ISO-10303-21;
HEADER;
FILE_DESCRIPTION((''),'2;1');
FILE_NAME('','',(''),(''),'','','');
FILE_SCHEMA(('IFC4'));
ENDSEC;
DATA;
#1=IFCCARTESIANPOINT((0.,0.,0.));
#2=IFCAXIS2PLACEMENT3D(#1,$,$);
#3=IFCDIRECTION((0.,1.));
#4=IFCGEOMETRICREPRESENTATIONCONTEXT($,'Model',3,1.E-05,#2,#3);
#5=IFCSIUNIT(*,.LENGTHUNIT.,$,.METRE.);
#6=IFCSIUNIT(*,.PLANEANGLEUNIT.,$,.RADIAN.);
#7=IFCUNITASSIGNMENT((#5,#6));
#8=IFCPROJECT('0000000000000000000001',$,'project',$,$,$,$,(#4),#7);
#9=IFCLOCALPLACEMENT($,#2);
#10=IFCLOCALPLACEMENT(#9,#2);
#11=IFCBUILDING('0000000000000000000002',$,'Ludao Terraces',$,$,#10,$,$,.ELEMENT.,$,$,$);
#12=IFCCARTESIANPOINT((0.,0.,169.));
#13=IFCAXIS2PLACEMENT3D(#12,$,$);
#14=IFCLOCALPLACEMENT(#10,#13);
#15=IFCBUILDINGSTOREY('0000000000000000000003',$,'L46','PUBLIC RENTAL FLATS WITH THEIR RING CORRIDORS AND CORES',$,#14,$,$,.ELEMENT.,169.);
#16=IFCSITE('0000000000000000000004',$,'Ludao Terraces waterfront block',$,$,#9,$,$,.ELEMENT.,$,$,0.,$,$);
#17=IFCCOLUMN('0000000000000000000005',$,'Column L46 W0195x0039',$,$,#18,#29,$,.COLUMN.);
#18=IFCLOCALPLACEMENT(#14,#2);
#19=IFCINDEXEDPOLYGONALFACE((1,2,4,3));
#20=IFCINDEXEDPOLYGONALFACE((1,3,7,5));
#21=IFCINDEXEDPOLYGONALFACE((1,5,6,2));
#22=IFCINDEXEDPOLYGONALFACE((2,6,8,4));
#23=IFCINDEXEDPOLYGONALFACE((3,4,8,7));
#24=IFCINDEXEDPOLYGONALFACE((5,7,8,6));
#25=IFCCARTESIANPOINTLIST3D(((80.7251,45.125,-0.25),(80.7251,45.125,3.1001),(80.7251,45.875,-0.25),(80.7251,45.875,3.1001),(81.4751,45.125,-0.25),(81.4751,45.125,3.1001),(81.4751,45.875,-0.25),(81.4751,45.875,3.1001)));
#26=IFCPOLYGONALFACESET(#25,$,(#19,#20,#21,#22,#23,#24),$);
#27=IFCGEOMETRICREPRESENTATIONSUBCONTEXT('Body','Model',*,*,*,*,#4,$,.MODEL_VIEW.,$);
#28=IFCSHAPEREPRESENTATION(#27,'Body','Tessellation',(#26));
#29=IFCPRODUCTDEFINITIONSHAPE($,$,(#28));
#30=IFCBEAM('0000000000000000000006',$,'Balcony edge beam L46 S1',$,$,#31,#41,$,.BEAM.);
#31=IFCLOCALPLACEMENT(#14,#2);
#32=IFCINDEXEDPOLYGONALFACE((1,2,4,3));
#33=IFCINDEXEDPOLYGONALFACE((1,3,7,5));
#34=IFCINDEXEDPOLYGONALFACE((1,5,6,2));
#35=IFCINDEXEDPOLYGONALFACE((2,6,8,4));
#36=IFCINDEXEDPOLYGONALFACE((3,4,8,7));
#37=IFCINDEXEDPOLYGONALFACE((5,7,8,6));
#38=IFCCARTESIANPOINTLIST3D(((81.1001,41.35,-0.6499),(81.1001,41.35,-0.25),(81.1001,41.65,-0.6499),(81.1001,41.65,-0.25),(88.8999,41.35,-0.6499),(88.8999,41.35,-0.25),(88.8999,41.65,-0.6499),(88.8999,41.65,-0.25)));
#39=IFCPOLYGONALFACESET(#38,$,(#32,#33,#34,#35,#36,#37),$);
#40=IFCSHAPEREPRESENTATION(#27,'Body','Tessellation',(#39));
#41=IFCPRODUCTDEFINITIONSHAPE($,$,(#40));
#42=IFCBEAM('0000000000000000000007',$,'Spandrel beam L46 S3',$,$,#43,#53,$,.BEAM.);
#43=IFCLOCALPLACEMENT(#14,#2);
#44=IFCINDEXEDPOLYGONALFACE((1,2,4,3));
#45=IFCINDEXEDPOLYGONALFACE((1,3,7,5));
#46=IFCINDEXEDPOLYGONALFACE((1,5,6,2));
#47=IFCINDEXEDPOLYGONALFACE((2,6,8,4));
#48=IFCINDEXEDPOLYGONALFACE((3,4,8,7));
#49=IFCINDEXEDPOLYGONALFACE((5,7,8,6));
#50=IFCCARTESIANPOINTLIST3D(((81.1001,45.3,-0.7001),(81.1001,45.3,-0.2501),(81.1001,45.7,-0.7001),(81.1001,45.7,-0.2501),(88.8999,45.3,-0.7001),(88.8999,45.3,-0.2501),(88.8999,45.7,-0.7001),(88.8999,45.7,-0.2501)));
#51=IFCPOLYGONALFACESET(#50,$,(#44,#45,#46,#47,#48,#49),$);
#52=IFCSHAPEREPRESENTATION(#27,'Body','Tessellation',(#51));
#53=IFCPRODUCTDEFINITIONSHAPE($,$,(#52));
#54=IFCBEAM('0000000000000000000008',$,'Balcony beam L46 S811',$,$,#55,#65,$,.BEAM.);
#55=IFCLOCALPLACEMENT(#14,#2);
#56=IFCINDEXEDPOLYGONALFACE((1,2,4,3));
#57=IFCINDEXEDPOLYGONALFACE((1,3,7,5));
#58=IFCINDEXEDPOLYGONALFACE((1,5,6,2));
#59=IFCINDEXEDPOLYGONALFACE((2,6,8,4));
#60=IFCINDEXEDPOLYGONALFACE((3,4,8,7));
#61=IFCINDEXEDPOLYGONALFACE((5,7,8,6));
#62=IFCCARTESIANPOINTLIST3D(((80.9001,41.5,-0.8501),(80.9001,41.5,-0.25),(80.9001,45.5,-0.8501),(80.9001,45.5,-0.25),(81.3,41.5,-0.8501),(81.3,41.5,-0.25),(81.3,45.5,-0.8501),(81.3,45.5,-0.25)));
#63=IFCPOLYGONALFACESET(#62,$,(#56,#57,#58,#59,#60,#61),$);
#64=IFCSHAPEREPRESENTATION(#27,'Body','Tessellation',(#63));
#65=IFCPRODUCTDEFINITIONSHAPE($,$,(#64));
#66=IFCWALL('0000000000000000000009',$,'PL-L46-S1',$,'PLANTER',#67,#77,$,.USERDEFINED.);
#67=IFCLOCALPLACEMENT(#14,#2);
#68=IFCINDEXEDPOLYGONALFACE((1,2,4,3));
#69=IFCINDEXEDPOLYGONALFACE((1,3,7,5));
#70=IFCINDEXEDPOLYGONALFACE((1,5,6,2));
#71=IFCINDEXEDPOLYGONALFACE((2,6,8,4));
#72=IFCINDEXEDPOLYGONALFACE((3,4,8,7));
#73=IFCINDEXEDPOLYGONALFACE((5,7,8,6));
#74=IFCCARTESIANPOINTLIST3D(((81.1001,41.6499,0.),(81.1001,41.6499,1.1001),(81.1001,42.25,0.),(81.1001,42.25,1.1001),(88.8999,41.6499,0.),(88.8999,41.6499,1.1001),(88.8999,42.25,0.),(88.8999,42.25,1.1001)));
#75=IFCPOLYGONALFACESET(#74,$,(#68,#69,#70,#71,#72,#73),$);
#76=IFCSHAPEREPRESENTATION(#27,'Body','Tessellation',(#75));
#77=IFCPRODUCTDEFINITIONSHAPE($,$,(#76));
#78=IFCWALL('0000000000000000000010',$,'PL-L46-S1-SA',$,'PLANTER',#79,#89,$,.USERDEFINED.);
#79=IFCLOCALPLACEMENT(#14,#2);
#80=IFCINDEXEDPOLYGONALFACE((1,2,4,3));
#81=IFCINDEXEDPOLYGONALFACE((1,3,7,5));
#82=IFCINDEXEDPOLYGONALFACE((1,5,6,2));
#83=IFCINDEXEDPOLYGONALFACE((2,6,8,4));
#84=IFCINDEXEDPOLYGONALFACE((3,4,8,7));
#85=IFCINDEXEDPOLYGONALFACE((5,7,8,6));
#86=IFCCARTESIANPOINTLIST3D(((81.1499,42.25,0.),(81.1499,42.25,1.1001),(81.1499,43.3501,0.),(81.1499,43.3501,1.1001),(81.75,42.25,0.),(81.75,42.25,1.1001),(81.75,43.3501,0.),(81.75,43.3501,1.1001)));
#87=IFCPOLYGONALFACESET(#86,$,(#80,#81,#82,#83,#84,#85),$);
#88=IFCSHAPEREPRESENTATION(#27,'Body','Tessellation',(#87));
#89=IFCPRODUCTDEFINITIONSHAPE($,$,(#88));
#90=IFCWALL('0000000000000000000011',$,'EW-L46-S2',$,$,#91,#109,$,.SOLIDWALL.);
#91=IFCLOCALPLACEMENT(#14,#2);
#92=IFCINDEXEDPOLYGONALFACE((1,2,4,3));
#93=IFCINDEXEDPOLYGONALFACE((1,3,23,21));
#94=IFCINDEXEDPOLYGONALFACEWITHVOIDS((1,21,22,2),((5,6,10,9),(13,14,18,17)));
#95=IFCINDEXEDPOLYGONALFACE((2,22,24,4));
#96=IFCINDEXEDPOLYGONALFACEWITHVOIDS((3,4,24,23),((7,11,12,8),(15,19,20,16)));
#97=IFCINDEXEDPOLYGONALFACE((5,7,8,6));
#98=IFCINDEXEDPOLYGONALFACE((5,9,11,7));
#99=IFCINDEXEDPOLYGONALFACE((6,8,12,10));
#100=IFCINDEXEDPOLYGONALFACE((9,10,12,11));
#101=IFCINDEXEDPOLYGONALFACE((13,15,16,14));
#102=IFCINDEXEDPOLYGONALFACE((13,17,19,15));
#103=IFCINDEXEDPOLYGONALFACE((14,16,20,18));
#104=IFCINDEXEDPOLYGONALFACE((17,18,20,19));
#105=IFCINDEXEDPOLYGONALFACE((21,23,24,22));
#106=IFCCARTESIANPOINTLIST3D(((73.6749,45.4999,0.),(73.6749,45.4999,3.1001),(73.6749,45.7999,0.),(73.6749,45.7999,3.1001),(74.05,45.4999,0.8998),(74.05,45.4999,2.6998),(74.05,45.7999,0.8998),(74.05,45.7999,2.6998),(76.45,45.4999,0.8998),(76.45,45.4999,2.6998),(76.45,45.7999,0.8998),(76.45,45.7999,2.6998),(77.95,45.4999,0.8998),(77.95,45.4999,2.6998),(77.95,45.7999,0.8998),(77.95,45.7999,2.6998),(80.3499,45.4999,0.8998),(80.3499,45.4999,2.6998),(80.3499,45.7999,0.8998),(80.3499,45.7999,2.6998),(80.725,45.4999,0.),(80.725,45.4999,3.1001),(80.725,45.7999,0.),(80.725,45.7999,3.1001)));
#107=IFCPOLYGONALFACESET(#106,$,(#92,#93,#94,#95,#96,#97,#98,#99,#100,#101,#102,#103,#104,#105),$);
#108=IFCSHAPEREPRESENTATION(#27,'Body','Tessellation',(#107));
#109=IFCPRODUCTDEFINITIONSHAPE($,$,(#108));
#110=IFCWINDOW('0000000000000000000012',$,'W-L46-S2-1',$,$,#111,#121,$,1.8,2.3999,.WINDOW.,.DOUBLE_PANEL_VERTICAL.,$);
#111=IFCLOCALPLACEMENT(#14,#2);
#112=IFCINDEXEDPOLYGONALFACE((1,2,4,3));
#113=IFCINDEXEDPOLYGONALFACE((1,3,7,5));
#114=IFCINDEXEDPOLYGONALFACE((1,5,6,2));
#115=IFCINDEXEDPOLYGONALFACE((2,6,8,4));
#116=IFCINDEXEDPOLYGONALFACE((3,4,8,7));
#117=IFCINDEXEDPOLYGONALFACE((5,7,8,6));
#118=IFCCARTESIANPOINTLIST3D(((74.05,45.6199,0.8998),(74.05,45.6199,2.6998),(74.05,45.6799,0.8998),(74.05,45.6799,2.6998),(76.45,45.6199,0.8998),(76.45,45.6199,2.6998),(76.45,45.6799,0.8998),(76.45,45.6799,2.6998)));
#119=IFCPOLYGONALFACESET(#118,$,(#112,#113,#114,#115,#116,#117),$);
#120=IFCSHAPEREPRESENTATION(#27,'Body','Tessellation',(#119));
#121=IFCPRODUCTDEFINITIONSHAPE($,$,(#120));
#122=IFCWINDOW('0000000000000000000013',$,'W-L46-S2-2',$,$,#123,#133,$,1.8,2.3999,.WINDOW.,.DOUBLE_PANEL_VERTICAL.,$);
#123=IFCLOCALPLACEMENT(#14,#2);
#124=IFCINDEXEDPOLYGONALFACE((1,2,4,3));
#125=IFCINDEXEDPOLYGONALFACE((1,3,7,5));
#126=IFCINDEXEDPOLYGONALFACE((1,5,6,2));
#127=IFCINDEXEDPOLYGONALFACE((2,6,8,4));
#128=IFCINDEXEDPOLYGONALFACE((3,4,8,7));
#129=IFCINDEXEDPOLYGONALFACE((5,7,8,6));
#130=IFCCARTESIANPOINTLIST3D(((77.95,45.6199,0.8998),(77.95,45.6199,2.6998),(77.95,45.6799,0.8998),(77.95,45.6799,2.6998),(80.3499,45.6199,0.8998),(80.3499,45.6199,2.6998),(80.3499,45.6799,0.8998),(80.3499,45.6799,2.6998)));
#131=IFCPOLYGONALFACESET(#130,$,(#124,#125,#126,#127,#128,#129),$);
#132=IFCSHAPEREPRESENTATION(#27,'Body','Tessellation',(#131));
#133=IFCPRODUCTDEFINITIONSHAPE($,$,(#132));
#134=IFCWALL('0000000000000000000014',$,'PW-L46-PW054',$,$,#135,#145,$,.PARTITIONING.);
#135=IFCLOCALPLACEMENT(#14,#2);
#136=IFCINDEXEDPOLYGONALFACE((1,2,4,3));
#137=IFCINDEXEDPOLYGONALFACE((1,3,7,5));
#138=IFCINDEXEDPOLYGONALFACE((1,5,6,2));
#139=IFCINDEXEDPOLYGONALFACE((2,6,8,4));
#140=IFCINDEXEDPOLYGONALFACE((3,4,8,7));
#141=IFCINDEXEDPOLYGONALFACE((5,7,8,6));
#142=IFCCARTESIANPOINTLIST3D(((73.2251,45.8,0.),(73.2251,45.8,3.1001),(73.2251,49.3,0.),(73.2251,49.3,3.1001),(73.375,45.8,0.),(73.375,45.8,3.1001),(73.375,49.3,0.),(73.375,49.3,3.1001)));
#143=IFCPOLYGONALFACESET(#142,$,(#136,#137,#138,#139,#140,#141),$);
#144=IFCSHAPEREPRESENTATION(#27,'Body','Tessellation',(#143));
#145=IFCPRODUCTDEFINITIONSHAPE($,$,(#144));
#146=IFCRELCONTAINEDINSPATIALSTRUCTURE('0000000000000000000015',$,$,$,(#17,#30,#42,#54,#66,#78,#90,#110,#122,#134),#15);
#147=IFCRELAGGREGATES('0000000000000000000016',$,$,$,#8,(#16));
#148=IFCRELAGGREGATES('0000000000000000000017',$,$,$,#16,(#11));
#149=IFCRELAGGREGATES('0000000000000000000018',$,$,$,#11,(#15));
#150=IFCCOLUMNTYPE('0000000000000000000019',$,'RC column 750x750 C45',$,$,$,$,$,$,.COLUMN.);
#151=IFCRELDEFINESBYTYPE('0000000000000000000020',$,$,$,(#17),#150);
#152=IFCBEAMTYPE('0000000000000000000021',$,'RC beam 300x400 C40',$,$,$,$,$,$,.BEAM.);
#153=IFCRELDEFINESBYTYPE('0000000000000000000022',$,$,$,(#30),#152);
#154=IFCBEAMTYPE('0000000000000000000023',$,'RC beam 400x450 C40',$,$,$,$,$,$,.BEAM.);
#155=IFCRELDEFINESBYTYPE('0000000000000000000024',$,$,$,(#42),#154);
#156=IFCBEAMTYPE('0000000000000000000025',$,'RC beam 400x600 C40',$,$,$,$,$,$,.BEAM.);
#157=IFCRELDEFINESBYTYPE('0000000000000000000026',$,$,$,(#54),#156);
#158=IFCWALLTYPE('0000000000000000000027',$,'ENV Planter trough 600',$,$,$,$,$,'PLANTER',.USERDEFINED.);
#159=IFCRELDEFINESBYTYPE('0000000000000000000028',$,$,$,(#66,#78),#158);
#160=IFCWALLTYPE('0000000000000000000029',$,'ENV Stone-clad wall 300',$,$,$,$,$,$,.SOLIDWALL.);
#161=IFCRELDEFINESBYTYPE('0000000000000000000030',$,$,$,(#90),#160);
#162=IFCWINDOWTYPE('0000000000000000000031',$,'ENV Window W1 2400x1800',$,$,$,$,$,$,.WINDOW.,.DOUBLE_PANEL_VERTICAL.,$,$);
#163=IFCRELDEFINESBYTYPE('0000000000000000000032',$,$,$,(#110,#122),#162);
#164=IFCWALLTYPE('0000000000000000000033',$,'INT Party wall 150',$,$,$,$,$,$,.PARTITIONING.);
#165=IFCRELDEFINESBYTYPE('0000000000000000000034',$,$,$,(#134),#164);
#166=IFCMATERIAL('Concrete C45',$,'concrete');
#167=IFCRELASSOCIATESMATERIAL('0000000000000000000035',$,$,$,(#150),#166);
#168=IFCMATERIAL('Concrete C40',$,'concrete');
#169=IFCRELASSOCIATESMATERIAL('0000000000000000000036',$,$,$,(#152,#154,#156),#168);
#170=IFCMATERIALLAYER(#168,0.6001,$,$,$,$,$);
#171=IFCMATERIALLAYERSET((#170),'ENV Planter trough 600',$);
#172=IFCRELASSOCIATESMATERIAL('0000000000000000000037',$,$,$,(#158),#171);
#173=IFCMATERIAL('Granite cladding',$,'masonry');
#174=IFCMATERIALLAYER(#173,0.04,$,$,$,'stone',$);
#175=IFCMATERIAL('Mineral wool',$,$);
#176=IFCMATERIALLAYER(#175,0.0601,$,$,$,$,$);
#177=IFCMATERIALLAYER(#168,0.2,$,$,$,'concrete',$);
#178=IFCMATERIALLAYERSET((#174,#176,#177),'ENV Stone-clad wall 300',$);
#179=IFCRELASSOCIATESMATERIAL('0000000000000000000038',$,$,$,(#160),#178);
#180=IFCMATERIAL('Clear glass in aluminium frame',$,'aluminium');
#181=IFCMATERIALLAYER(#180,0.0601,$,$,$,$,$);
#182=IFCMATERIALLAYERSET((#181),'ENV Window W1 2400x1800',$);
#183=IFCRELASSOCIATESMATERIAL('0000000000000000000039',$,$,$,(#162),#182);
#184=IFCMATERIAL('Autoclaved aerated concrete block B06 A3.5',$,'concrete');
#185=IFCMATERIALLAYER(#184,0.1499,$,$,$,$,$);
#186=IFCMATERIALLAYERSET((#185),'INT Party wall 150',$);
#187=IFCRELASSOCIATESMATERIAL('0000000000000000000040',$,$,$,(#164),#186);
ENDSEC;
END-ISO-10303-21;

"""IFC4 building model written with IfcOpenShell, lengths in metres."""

from ifc_helpers import new_model, si_unit, direction, frame, frame_2d, origin, origin_2d, place, context, subcontext, project, spatial, rectangle, extrude, material, layer, layer_set, material_profile, profile_set, type_object, element, fill, save


model = new_model("IFC4")

# Units and contexts
model_context = context("Model", 3, precision=1e-05, world=origin(), true_north=direction((0.0, 1.0)))
body_context = subcontext(model_context, "Body", "Model", "MODEL_VIEW")
ifc_project = project(units=[si_unit("LENGTHUNIT", "METRE"), si_unit("PLANEANGLEUNIT", "RADIAN")], contexts=[model_context])

# Site, building, storey
site_placement = place(None, origin())
site = spatial("IfcSite", under=ifc_project, at=site_placement, Name="Ludao Terraces waterfront block", CompositionType="ELEMENT", RefElevation=0.0)
building_placement = place(site_placement, origin())
building = spatial("IfcBuilding", under=site, at=building_placement, Name="Ludao Terraces", CompositionType="ELEMENT")
storey_placement = place(building_placement, frame((0.0, 0.0, 169.0)))
storey = spatial("IfcBuildingStorey", under=building, at=storey_placement, Name="L46", Description="PUBLIC RENTAL FLATS WITH THEIR RING CORRIDORS AND CORES", CompositionType="ELEMENT", Elevation=169.0)

# Column
ifc_material_1 = material(Name="Concrete C45", Category="concrete")
ifc_material_profile_1 = material_profile(ifc_material_1, rectangle(XDim=0.75, YDim=0.75, at=origin_2d()), Name="750 X 750")
ifc_profile_set_1 = profile_set([ifc_material_profile_1], Name="Concrete C45")
column_type = type_object("IfcColumnType", Name="RC column 750x750 C45", PredefinedType="COLUMN", material=ifc_profile_set_1)
column_placement = place(storey_placement, frame((81.1001, 45.5, -0.25), z_axis=(0.0, 0.0, 1.0), x_axis=(1.0, 0.0, 0.0)))
element("IfcColumn", 1, at=column_placement, inside=storey, type_object=column_type, Name="Column L46 W0195x0039", PredefinedType="COLUMN", context=body_context, shape_type="SweptSolid", body=[
    extrude(rectangle(XDim=0.75, YDim=0.75, at=origin_2d()), origin(), (0.0, 0.0, 1.0), 3.3501),
])

# Beams
ifc_material_2 = material(Name="Concrete C40", Category="concrete")
ifc_material_profile_2 = material_profile(ifc_material_2, rectangle(XDim=0.3, YDim=0.3999, at=origin_2d()), Name="300 X 400")
ifc_profile_set_2 = profile_set([ifc_material_profile_2], Name="Concrete C40")
beam_type_1 = type_object("IfcBeamType", Name="RC beam 300x400 C40", PredefinedType="BEAM", material=ifc_profile_set_2)
beam_1_placement = place(storey_placement, frame((81.1001, 41.5, -0.45), z_axis=(1.0, 0.0, 0.0), x_axis=(0.0, 1.0, 0.0)))
element("IfcBeam", 2, at=beam_1_placement, inside=storey, type_object=beam_type_1, Name="Balcony edge beam L46 S1", PredefinedType="BEAM", context=body_context, shape_type="SweptSolid", body=[
    extrude(rectangle(XDim=0.3, YDim=0.3999, at=origin_2d()), origin(), (0.0, 0.0, 1.0), 7.7998),
])
ifc_material_profile_3 = material_profile(ifc_material_2, rectangle(XDim=0.3999, YDim=0.45, at=origin_2d()), Name="400 X 450")
ifc_profile_set_3 = profile_set([ifc_material_profile_3], Name="Concrete C40")
beam_type_2 = type_object("IfcBeamType", Name="RC beam 400x450 C40", PredefinedType="BEAM", material=ifc_profile_set_3)
beam_2_placement = place(storey_placement, frame((81.1001, 45.5, -0.4751), z_axis=(1.0, 0.0, 0.0), x_axis=(0.0, 1.0, 0.0)))
element("IfcBeam", 3, at=beam_2_placement, inside=storey, type_object=beam_type_2, Name="Spandrel beam L46 S3", PredefinedType="BEAM", context=body_context, shape_type="SweptSolid", body=[
    extrude(rectangle(XDim=0.3999, YDim=0.45, at=origin_2d()), origin(), (0.0, 0.0, 1.0), 7.7998),
])
ifc_material_profile_4 = material_profile(ifc_material_2, rectangle(XDim=0.3999, YDim=0.6001, at=origin_2d()), Name="400 X 600")
ifc_profile_set_4 = profile_set([ifc_material_profile_4], Name="Concrete C40")
beam_type_3 = type_object("IfcBeamType", Name="RC beam 400x600 C40", PredefinedType="BEAM", material=ifc_profile_set_4)
beam_3_placement = place(storey_placement, frame((81.1001, 45.5, -0.55), z_axis=(0.0, -1.0, 0.0), x_axis=(1.0, 0.0, 0.0)))
element("IfcBeam", 4, at=beam_3_placement, inside=storey, type_object=beam_type_3, Name="Balcony beam L46 S811", PredefinedType="BEAM", context=body_context, shape_type="SweptSolid", body=[
    extrude(rectangle(XDim=0.3999, YDim=0.6001, at=origin_2d()), origin(), (0.0, 0.0, 1.0), 4.0),
])

# Walls
ifc_layer_1 = layer(ifc_material_2, 0.6001)
ifc_layer_set_1 = layer_set([ifc_layer_1], Name="ENV Planter trough 600")
wall_type_1 = type_object("IfcWallType", Name="ENV Planter trough 600", ElementType="PLANTER", PredefinedType="USERDEFINED", material=ifc_layer_set_1)
wall_1_placement = place(storey_placement, frame((81.1001, 41.95, 0.0), z_axis=(0.0, 0.0, 1.0), x_axis=(1.0, 0.0, 0.0)))
element("IfcWall", 5, at=wall_1_placement, inside=storey, type_object=wall_type_1, Name="PL-L46-S1", ObjectType="PLANTER", PredefinedType="USERDEFINED", context=body_context, shape_type="SweptSolid", body=[
    extrude(rectangle(XDim=7.7998, YDim=0.6001, at=frame_2d((3.8999, 0.0))), origin(), (0.0, 0.0, 1.0), 1.1001),
])
wall_2_placement = place(storey_placement, frame((81.45, 42.25, 0.0), z_axis=(0.0, 0.0, 1.0), x_axis=(0.0, 1.0, 0.0)))
element("IfcWall", 6, at=wall_2_placement, inside=storey, type_object=wall_type_1, Name="PL-L46-S1-SA", ObjectType="PLANTER", PredefinedType="USERDEFINED", context=body_context, shape_type="SweptSolid", body=[
    extrude(rectangle(XDim=1.1001, YDim=0.6001, at=frame_2d((0.55, 0.0))), origin(), (0.0, 0.0, 1.0), 1.1001),
])

# Wall, openings, windows
ifc_material_3 = material(Name="Granite cladding", Category="masonry")
ifc_layer_2 = layer(ifc_material_3, 0.04, Category="stone")
ifc_material_4 = material(Name="Mineral wool")
ifc_layer_3 = layer(ifc_material_4, 0.0601)
ifc_layer_4 = layer(ifc_material_2, 0.2, Category="concrete")
ifc_layer_set_2 = layer_set([ifc_layer_2, ifc_layer_3, ifc_layer_4], Name="ENV Stone-clad wall 300")
wall_type_2 = type_object("IfcWallType", Name="ENV Stone-clad wall 300", PredefinedType="SOLIDWALL", material=ifc_layer_set_2)
wall_3_placement = place(storey_placement, frame((73.675, 45.6499, 0.0), z_axis=(0.0, 0.0, 1.0), x_axis=(1.0, 0.0, 0.0)))
wall_3 = element("IfcWall", 7, at=wall_3_placement, inside=storey, type_object=wall_type_2, Name="EW-L46-S2", PredefinedType="SOLIDWALL", context=body_context, shape_type="SweptSolid", body=[
    extrude(rectangle(XDim=7.05, YDim=0.3, at=frame_2d((3.5249, 0.0))), origin(), (0.0, 0.0, 1.0), 3.1001),
])
opening_1_placement = place(wall_3_placement, frame((0.375, 0.0, 0.8999)))
opening_1 = element("IfcOpeningElement", 8, at=opening_1_placement, cuts=wall_3, PredefinedType="OPENING", context=body_context, shape_type="SweptSolid", body=[
    extrude(rectangle(XDim=2.3999, YDim=1.8, at=frame_2d((1.2, 0.8999))), frame((0.0, 0.1602, 0.0), z_axis=(0.0, -1.0, 0.0), x_axis=(1.0, 0.0, 0.0)), (0.0, 0.0, 1.0), 0.3201),
])
opening_2_placement = place(wall_3_placement, frame((4.2749, 0.0, 0.8999)))
opening_2 = element("IfcOpeningElement", 9, at=opening_2_placement, cuts=wall_3, PredefinedType="OPENING", context=body_context, shape_type="SweptSolid", body=[
    extrude(rectangle(XDim=2.3999, YDim=1.8, at=frame_2d((1.2, 0.8999))), frame((0.0, 0.1602, 0.0), z_axis=(0.0, -1.0, 0.0), x_axis=(1.0, 0.0, 0.0)), (0.0, 0.0, 1.0), 0.3201),
])
ifc_material_5 = material(Name="Clear glass in aluminium frame", Category="aluminium")
ifc_layer_5 = layer(ifc_material_5, 0.0601)
ifc_layer_set_3 = layer_set([ifc_layer_5], Name="ENV Window W1 2400x1800")
window_type = type_object("IfcWindowType", Name="ENV Window W1 2400x1800", PartitioningType="DOUBLE_PANEL_VERTICAL", PredefinedType="WINDOW", material=ifc_layer_set_3)
window_1_placement = place(opening_1_placement, origin())
window_1 = element("IfcWindow", 10, at=window_1_placement, inside=storey, type_object=window_type, Name="W-L46-S2-1", OverallHeight=1.8, OverallWidth=2.3999, PartitioningType="DOUBLE_PANEL_VERTICAL", PredefinedType="WINDOW", context=body_context, shape_type="SweptSolid", body=[
    extrude(rectangle(XDim=2.3999, YDim=1.8, at=frame_2d((1.2, 0.8999))), frame((0.0, 0.03, 0.0), z_axis=(0.0, -1.0, 0.0), x_axis=(1.0, 0.0, 0.0)), (0.0, 0.0, 1.0), 0.0601),
])
fill(opening_1, window_1)
window_2_placement = place(opening_2_placement, origin())
window_2 = element("IfcWindow", 11, at=window_2_placement, inside=storey, type_object=window_type, Name="W-L46-S2-2", OverallHeight=1.8, OverallWidth=2.3999, PartitioningType="DOUBLE_PANEL_VERTICAL", PredefinedType="WINDOW", context=body_context, shape_type="SweptSolid", body=[
    extrude(rectangle(XDim=2.3999, YDim=1.8, at=frame_2d((1.2, 0.8999))), frame((0.0, 0.03, 0.0), z_axis=(0.0, -1.0, 0.0), x_axis=(1.0, 0.0, 0.0)), (0.0, 0.0, 1.0), 0.0601),
])
fill(opening_2, window_2)

# Wall
ifc_material_6 = material(Name="Autoclaved aerated concrete block B06 A3.5", Category="concrete")
ifc_layer_6 = layer(ifc_material_6, 0.1499)
ifc_layer_set_4 = layer_set([ifc_layer_6], Name="INT Party wall 150")
wall_type_3 = type_object("IfcWallType", Name="INT Party wall 150", PredefinedType="PARTITIONING", material=ifc_layer_set_4)
wall_4_placement = place(storey_placement, frame((73.3, 45.8, 0.0), z_axis=(0.0, 0.0, 1.0), x_axis=(0.0, 1.0, 0.0)))
element("IfcWall", 12, at=wall_4_placement, inside=storey, type_object=wall_type_3, Name="PW-L46-PW054", PredefinedType="PARTITIONING", context=body_context, shape_type="SweptSolid", body=[
    extrude(rectangle(XDim=3.5, YDim=0.1499, at=frame_2d((1.75, 0.0))), origin(), (0.0, 0.0, 1.0), 3.1001),
])

save(model, "model.ifc")
